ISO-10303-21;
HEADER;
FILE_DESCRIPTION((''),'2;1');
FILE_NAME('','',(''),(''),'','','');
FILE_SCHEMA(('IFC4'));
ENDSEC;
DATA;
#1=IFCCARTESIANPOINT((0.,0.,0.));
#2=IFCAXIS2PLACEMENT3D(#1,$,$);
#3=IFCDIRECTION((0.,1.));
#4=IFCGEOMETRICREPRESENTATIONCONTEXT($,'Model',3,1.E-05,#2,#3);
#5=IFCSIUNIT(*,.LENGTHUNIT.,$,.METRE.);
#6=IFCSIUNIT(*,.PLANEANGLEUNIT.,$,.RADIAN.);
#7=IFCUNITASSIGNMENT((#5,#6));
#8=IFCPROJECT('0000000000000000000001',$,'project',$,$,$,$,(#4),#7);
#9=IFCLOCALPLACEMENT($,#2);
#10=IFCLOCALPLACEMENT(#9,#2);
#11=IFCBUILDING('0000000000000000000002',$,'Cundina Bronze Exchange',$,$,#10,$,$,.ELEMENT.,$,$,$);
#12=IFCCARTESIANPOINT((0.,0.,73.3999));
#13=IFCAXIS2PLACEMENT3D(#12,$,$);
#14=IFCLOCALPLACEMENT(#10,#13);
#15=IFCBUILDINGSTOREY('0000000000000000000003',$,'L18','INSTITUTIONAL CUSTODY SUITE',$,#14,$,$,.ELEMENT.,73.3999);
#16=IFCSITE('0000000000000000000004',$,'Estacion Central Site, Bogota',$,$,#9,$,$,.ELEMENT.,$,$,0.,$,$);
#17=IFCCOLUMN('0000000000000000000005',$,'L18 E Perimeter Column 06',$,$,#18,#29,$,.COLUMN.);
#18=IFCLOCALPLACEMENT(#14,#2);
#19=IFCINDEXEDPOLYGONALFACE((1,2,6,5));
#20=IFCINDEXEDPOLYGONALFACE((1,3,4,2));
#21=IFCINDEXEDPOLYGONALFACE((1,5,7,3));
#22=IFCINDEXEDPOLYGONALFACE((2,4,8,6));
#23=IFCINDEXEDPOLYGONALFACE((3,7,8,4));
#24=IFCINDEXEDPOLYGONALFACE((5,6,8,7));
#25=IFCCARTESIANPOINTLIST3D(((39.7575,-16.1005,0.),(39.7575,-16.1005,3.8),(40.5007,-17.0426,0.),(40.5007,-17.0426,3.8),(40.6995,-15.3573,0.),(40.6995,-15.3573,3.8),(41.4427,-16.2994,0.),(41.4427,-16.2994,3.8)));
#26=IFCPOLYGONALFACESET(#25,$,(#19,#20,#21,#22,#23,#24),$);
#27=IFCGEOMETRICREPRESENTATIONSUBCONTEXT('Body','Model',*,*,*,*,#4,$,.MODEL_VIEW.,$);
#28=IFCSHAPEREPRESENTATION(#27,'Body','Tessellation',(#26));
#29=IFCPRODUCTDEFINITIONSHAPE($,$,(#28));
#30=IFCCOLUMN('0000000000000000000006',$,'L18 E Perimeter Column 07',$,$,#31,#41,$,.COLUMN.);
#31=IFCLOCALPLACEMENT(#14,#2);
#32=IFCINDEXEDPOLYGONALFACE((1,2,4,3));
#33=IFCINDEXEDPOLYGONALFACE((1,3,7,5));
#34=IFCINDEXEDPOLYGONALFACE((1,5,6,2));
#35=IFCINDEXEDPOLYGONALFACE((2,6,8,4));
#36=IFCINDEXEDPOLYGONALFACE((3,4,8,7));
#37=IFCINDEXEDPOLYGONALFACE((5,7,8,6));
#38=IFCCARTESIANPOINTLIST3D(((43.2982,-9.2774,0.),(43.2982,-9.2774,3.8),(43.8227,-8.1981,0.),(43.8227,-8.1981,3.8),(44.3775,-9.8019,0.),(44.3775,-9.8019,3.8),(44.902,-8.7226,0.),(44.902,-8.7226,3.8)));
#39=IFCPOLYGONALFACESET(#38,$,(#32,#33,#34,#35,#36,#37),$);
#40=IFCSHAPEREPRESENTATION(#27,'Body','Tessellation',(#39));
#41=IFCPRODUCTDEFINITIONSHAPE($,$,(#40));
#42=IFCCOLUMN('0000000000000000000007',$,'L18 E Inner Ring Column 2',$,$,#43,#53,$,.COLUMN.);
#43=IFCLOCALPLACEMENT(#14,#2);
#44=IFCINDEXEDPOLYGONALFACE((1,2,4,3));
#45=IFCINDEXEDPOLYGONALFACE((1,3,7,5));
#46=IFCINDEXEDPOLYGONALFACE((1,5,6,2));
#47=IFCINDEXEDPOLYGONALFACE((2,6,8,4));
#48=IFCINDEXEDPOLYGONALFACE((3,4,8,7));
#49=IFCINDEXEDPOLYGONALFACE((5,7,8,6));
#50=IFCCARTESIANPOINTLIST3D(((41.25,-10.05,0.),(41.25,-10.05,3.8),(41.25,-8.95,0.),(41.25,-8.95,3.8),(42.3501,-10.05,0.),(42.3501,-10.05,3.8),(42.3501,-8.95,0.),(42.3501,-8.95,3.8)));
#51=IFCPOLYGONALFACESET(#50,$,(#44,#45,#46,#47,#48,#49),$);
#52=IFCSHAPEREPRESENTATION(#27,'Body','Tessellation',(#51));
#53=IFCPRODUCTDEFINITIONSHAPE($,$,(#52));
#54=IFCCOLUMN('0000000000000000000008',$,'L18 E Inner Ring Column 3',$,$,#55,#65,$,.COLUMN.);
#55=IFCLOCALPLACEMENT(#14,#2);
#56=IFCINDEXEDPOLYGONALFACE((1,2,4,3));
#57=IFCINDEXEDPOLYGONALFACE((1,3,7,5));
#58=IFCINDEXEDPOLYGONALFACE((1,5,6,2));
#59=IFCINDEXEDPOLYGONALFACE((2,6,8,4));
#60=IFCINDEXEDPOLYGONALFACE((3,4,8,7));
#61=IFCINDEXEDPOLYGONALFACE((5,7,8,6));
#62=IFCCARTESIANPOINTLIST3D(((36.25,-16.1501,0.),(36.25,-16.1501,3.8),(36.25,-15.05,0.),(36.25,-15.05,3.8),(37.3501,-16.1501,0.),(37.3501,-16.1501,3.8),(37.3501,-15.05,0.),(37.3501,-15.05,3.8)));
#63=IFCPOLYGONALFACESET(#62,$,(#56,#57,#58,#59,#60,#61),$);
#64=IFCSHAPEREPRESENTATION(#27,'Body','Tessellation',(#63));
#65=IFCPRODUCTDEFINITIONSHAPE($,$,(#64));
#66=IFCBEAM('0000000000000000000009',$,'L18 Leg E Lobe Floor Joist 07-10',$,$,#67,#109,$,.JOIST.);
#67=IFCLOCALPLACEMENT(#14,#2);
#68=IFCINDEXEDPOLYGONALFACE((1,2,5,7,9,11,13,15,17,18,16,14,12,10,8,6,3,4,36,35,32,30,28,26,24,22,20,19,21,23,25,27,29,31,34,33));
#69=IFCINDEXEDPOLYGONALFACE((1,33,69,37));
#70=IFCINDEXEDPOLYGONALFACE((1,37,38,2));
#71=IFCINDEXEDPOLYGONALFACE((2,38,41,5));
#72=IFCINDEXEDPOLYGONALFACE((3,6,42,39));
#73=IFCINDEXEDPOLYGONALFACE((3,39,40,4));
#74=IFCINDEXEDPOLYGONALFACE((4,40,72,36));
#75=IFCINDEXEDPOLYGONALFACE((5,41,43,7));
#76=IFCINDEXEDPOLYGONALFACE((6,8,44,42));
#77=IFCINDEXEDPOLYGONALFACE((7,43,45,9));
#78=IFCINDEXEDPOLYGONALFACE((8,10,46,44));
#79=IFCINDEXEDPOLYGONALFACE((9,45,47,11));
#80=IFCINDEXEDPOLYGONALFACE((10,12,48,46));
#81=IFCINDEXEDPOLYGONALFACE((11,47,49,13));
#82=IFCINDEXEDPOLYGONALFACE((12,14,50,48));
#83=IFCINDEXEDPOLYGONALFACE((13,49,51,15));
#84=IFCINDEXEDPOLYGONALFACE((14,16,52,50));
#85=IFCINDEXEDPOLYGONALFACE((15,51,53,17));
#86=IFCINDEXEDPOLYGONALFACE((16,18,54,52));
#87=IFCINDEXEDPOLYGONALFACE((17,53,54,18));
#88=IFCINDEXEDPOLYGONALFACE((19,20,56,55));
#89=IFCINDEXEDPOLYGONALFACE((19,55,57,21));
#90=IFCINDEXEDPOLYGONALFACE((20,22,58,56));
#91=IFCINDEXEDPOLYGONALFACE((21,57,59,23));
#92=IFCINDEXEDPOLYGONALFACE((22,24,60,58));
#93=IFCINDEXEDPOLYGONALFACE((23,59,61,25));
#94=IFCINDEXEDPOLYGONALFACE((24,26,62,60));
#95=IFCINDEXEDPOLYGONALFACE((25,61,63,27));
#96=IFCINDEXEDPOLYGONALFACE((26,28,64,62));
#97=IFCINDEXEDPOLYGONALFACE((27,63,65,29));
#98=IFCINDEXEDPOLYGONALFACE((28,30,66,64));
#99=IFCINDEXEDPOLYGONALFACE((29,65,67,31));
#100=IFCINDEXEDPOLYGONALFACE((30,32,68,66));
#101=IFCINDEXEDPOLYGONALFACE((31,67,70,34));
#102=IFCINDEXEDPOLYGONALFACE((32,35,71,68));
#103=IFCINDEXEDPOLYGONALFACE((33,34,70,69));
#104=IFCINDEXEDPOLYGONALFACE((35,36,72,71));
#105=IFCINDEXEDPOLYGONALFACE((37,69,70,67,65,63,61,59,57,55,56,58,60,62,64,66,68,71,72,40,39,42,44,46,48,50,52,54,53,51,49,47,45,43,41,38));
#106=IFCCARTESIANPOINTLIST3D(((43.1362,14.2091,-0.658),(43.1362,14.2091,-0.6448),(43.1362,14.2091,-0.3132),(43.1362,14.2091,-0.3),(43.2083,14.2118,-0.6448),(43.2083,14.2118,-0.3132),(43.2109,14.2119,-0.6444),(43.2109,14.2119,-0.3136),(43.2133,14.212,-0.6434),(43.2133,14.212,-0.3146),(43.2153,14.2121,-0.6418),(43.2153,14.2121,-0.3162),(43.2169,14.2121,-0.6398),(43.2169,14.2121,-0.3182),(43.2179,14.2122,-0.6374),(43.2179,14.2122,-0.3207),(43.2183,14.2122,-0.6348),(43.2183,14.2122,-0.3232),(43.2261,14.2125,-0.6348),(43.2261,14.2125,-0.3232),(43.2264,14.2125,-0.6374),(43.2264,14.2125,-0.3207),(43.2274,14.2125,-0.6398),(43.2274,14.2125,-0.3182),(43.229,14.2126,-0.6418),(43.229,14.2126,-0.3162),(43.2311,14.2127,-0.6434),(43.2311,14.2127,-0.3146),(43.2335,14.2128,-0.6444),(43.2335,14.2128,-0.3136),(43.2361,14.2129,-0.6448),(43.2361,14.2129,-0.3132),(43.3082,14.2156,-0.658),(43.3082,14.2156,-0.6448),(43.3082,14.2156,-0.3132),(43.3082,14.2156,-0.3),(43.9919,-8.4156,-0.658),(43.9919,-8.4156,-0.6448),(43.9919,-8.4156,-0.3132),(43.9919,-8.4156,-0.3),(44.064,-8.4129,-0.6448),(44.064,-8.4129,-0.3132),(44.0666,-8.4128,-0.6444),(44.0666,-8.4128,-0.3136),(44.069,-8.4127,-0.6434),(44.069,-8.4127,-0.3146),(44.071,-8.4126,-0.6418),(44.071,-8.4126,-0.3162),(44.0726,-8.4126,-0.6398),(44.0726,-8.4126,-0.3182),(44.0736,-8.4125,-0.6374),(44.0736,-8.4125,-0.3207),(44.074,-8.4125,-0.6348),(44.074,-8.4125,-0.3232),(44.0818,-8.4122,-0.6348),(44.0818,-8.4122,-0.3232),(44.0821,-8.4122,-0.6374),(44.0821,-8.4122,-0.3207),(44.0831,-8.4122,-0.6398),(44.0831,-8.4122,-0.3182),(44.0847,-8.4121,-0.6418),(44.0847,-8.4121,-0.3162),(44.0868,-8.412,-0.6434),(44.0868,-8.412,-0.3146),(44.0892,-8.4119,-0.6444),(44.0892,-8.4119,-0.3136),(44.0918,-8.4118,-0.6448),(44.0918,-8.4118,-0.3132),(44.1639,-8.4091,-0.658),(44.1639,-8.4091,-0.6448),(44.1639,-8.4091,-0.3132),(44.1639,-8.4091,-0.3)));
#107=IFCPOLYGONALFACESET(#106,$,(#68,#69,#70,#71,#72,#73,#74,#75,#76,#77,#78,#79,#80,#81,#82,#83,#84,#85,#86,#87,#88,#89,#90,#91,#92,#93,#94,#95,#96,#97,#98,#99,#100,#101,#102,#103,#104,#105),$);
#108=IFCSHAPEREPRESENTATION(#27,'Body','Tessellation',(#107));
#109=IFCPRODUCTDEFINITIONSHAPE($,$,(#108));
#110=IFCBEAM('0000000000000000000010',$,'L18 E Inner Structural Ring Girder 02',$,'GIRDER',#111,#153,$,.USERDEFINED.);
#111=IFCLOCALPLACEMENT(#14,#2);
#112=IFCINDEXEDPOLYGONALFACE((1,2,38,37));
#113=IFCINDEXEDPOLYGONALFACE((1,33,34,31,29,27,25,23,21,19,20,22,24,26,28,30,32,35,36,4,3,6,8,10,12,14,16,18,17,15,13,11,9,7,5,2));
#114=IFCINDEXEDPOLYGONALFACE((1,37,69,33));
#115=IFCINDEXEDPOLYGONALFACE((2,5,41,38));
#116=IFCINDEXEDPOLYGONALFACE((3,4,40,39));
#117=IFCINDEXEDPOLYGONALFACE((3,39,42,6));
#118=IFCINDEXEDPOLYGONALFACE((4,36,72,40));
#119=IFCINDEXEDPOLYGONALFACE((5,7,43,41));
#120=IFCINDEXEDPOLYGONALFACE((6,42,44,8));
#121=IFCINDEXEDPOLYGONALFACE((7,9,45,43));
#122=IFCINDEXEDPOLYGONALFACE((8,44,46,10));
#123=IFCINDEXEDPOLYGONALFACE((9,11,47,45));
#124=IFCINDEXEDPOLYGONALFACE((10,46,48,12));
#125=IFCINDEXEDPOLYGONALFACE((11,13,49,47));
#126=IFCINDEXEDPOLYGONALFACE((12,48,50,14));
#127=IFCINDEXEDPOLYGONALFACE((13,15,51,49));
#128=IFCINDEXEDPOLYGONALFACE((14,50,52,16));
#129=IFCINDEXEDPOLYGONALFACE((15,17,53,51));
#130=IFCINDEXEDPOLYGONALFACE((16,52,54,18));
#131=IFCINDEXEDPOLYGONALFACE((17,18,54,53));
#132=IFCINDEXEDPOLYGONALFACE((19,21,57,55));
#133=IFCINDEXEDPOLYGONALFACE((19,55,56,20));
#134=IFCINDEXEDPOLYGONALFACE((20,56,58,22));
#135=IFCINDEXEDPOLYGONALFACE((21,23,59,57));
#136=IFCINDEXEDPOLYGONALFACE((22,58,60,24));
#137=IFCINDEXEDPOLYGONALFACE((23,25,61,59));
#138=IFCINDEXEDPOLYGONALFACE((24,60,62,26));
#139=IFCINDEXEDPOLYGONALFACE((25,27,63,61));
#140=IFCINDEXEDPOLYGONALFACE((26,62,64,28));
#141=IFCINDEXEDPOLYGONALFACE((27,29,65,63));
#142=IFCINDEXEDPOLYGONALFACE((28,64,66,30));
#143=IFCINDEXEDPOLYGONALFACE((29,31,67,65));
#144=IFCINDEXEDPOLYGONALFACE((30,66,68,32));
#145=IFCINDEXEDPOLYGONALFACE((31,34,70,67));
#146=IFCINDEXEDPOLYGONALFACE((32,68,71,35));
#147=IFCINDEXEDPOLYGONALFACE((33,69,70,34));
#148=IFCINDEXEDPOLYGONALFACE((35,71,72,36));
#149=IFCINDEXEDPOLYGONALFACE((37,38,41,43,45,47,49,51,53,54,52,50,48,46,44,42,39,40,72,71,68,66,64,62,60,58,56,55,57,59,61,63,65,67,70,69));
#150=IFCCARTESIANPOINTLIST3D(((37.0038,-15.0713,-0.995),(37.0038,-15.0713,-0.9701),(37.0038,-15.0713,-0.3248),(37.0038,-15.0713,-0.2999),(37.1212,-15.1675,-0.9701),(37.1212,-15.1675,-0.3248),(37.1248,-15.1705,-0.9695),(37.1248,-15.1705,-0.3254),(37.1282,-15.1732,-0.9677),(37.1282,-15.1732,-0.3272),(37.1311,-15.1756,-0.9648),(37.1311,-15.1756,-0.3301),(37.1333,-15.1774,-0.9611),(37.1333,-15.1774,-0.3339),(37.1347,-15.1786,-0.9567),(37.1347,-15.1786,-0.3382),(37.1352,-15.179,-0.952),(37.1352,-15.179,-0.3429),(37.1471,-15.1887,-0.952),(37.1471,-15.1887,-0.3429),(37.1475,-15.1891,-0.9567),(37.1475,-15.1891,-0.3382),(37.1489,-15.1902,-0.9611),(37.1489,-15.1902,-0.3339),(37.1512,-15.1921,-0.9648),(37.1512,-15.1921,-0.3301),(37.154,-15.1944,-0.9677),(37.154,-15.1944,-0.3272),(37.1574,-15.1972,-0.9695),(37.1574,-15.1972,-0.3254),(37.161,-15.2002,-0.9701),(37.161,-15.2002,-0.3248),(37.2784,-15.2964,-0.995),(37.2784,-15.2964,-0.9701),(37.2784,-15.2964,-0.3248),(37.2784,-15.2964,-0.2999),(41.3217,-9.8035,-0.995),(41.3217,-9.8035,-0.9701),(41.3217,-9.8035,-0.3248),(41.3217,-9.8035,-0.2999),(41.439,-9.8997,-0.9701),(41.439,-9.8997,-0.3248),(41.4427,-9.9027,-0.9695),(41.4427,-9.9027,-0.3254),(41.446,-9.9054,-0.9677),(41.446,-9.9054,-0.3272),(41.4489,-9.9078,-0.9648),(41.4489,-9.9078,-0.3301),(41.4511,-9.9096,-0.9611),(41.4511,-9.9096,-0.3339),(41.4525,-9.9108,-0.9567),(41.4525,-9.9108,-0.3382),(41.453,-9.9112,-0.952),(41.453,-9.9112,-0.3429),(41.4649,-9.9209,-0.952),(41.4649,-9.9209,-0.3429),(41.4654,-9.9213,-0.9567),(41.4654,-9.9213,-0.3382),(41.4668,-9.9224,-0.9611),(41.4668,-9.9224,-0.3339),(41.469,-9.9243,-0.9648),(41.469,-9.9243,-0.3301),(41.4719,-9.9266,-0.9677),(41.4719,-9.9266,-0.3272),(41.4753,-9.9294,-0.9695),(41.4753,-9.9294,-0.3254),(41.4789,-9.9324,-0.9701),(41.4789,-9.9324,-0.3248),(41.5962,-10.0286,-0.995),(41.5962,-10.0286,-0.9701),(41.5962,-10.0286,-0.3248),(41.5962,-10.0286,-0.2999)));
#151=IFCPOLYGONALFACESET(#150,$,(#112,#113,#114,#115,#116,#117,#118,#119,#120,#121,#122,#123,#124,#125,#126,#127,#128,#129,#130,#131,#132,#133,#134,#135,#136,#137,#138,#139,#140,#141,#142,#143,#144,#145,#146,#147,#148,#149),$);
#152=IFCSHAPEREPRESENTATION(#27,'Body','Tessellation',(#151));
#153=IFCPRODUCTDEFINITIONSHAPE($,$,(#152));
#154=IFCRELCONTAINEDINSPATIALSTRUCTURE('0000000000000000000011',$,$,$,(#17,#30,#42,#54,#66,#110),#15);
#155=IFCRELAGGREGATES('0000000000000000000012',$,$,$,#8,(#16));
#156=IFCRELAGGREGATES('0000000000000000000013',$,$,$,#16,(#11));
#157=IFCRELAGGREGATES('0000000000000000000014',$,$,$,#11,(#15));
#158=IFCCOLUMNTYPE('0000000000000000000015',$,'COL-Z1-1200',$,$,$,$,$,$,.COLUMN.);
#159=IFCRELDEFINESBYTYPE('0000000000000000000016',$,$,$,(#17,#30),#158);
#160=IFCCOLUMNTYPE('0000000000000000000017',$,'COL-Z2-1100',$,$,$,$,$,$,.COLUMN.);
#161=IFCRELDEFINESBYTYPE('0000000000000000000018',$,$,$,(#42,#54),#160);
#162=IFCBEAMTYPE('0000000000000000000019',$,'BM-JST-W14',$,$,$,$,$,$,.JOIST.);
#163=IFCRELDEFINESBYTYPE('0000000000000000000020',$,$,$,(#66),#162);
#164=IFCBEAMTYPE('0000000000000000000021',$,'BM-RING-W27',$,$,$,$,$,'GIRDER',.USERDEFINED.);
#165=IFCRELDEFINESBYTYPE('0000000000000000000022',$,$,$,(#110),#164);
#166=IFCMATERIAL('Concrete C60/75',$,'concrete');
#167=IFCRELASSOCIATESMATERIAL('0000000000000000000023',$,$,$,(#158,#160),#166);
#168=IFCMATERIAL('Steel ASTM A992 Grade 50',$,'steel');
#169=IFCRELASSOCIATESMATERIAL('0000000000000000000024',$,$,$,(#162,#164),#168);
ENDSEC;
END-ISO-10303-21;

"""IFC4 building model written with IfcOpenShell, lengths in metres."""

from ifc_helpers import new_model, si_unit, direction, frame, origin, origin_2d, place, context, subcontext, project, spatial, rectangle, i_section, extrude, material, material_profile, profile_set, type_object, element, save


model = new_model("IFC4")

# Units and contexts
model_context = context("Model", 3, precision=1e-05, world=origin(), true_north=direction((0.0, 1.0)))
body_context = subcontext(model_context, "Body", "Model", "MODEL_VIEW")
ifc_project = project(units=[si_unit("LENGTHUNIT", "METRE"), si_unit("PLANEANGLEUNIT", "RADIAN")], contexts=[model_context])

# Site, building, storey
site_placement = place(None, origin())
site = spatial("IfcSite", under=ifc_project, at=site_placement, Name="Estacion Central Site, Bogota", CompositionType="ELEMENT", RefElevation=0.0)
building_placement = place(site_placement, origin())
building = spatial("IfcBuilding", under=site, at=building_placement, Name="Cundina Bronze Exchange", CompositionType="ELEMENT")
storey_placement = place(building_placement, frame((0.0, 0.0, 73.3999)))
storey = spatial("IfcBuildingStorey", under=building, at=storey_placement, Name="L18", Description="INSTITUTIONAL CUSTODY SUITE", CompositionType="ELEMENT", Elevation=73.3999)

# Columns
ifc_material_1 = material(Name="Concrete C60/75", Category="concrete")
ifc_material_profile_1 = material_profile(ifc_material_1, rectangle(XDim=1.2, YDim=1.2, at=origin_2d()), Name="RC1200X1200", Category="concrete")
ifc_profile_set_1 = profile_set([ifc_material_profile_1], Name="Concrete C60/75")
column_type_1 = type_object("IfcColumnType", Name="COL-Z1-1200", PredefinedType="COLUMN", material=ifc_profile_set_1)
for number, where, z_axis, x_axis, name in (
    (1, (40.6001, -16.2, 0.0), (0.0, 0.0, 1.0), (0.785101, 0.619368, 0.0), "L18 E Perimeter Column 06"),
    (2, (44.1001, -9.0, 0.0), (0.0, 0.0, 1.0), (0.437116, 0.899405, 0.0), "L18 E Perimeter Column 07"),
):
    element("IfcColumn", number, at=place(storey_placement, frame(where, z_axis=z_axis, x_axis=x_axis)), inside=storey, type_object=column_type_1, Name=name, PredefinedType="COLUMN", context=body_context, shape_type="SweptSolid", body=[
        extrude(rectangle(XDim=1.2, YDim=1.2, at=origin_2d()), origin(), (0.0, 0.0, 1.0), 3.8),
    ])
ifc_material_profile_2 = material_profile(ifc_material_1, rectangle(XDim=1.1001, YDim=1.1001, at=origin_2d()), Name="RC1100X1100", Category="concrete")
ifc_profile_set_2 = profile_set([ifc_material_profile_2], Name="Concrete C60/75")
column_type_2 = type_object("IfcColumnType", Name="COL-Z2-1100", PredefinedType="COLUMN", material=ifc_profile_set_2)
for number, where, z_axis, x_axis, name in (
    (3, (41.8, -9.5, 0.0), (0.0, 0.0, 1.0), (1.0, 0.0, 0.0), "L18 E Inner Ring Column 2"),
    (4, (36.8, -15.6001, 0.0), (0.0, 0.0, 1.0), (1.0, 0.0, 0.0), "L18 E Inner Ring Column 3"),
):
    element("IfcColumn", number, at=place(storey_placement, frame(where, z_axis=z_axis, x_axis=x_axis)), inside=storey, type_object=column_type_2, Name=name, PredefinedType="COLUMN", context=body_context, shape_type="SweptSolid", body=[
        extrude(rectangle(XDim=1.1001, YDim=1.1001, at=origin_2d()), origin(), (0.0, 0.0, 1.0), 3.8),
    ])

# Beams
ifc_material_2 = material(Name="Steel ASTM A992 Grade 50", Category="steel")
ifc_material_profile_3 = material_profile(ifc_material_2, i_section(OverallWidth=0.1721, OverallDepth=0.3579, WebThickness=0.0078, FlangeThickness=0.0132, FilletRadius=0.01, at=origin_2d()), Name="W14X38", Category="steel")
ifc_profile_set_3 = profile_set([ifc_material_profile_3], Name="Steel ASTM A992 Grade 50")
beam_type_1 = type_object("IfcBeamType", Name="BM-JST-W14", PredefinedType="JOIST", material=ifc_profile_set_3)
beam_1_placement = place(storey_placement, frame((44.0779, -8.4124, -0.479), z_axis=(-0.037795, 0.999286, 0.0), x_axis=(-0.999286, -0.037795, 0.0)))
element("IfcBeam", 5, at=beam_1_placement, inside=storey, type_object=beam_type_1, Name="L18 Leg E Lobe Floor Joist 07-10", PredefinedType="JOIST", context=body_context, shape_type="SweptSolid", body=[
    extrude(i_section(OverallWidth=0.1721, OverallDepth=0.3579, WebThickness=0.0078, FlangeThickness=0.0132, FilletRadius=0.01, at=origin_2d()), origin(), (0.0, 0.0, 1.0), 22.6409),
])
ifc_material_profile_4 = material_profile(ifc_material_2, i_section(OverallWidth=0.355, OverallDepth=0.6951, WebThickness=0.0154, FlangeThickness=0.0249, FilletRadius=0.0181, at=origin_2d()), Name="W27X146", Category="steel")
ifc_profile_set_4 = profile_set([ifc_material_profile_4], Name="Steel ASTM A992 Grade 50")
beam_type_2 = type_object("IfcBeamType", Name="BM-RING-W27", ElementType="GIRDER", PredefinedType="USERDEFINED", material=ifc_profile_set_4)
beam_2_placement = place(storey_placement, frame((37.1411, -15.1838, -0.6475), z_axis=(0.633927, 0.773393, 0.0), x_axis=(-0.773393, 0.633927, 0.0)))
element("IfcBeam", 6, at=beam_2_placement, inside=storey, type_object=beam_type_2, Name="L18 E Inner Structural Ring Girder 02", ObjectType="GIRDER", PredefinedType="USERDEFINED", context=body_context, shape_type="SweptSolid", body=[
    extrude(i_section(OverallWidth=0.355, OverallDepth=0.6951, WebThickness=0.0154, FlangeThickness=0.0249, FilletRadius=0.0181, at=origin_2d()), origin(), (0.0, 0.0, 1.0), 6.8113),
])

save(model, "model.ifc")
